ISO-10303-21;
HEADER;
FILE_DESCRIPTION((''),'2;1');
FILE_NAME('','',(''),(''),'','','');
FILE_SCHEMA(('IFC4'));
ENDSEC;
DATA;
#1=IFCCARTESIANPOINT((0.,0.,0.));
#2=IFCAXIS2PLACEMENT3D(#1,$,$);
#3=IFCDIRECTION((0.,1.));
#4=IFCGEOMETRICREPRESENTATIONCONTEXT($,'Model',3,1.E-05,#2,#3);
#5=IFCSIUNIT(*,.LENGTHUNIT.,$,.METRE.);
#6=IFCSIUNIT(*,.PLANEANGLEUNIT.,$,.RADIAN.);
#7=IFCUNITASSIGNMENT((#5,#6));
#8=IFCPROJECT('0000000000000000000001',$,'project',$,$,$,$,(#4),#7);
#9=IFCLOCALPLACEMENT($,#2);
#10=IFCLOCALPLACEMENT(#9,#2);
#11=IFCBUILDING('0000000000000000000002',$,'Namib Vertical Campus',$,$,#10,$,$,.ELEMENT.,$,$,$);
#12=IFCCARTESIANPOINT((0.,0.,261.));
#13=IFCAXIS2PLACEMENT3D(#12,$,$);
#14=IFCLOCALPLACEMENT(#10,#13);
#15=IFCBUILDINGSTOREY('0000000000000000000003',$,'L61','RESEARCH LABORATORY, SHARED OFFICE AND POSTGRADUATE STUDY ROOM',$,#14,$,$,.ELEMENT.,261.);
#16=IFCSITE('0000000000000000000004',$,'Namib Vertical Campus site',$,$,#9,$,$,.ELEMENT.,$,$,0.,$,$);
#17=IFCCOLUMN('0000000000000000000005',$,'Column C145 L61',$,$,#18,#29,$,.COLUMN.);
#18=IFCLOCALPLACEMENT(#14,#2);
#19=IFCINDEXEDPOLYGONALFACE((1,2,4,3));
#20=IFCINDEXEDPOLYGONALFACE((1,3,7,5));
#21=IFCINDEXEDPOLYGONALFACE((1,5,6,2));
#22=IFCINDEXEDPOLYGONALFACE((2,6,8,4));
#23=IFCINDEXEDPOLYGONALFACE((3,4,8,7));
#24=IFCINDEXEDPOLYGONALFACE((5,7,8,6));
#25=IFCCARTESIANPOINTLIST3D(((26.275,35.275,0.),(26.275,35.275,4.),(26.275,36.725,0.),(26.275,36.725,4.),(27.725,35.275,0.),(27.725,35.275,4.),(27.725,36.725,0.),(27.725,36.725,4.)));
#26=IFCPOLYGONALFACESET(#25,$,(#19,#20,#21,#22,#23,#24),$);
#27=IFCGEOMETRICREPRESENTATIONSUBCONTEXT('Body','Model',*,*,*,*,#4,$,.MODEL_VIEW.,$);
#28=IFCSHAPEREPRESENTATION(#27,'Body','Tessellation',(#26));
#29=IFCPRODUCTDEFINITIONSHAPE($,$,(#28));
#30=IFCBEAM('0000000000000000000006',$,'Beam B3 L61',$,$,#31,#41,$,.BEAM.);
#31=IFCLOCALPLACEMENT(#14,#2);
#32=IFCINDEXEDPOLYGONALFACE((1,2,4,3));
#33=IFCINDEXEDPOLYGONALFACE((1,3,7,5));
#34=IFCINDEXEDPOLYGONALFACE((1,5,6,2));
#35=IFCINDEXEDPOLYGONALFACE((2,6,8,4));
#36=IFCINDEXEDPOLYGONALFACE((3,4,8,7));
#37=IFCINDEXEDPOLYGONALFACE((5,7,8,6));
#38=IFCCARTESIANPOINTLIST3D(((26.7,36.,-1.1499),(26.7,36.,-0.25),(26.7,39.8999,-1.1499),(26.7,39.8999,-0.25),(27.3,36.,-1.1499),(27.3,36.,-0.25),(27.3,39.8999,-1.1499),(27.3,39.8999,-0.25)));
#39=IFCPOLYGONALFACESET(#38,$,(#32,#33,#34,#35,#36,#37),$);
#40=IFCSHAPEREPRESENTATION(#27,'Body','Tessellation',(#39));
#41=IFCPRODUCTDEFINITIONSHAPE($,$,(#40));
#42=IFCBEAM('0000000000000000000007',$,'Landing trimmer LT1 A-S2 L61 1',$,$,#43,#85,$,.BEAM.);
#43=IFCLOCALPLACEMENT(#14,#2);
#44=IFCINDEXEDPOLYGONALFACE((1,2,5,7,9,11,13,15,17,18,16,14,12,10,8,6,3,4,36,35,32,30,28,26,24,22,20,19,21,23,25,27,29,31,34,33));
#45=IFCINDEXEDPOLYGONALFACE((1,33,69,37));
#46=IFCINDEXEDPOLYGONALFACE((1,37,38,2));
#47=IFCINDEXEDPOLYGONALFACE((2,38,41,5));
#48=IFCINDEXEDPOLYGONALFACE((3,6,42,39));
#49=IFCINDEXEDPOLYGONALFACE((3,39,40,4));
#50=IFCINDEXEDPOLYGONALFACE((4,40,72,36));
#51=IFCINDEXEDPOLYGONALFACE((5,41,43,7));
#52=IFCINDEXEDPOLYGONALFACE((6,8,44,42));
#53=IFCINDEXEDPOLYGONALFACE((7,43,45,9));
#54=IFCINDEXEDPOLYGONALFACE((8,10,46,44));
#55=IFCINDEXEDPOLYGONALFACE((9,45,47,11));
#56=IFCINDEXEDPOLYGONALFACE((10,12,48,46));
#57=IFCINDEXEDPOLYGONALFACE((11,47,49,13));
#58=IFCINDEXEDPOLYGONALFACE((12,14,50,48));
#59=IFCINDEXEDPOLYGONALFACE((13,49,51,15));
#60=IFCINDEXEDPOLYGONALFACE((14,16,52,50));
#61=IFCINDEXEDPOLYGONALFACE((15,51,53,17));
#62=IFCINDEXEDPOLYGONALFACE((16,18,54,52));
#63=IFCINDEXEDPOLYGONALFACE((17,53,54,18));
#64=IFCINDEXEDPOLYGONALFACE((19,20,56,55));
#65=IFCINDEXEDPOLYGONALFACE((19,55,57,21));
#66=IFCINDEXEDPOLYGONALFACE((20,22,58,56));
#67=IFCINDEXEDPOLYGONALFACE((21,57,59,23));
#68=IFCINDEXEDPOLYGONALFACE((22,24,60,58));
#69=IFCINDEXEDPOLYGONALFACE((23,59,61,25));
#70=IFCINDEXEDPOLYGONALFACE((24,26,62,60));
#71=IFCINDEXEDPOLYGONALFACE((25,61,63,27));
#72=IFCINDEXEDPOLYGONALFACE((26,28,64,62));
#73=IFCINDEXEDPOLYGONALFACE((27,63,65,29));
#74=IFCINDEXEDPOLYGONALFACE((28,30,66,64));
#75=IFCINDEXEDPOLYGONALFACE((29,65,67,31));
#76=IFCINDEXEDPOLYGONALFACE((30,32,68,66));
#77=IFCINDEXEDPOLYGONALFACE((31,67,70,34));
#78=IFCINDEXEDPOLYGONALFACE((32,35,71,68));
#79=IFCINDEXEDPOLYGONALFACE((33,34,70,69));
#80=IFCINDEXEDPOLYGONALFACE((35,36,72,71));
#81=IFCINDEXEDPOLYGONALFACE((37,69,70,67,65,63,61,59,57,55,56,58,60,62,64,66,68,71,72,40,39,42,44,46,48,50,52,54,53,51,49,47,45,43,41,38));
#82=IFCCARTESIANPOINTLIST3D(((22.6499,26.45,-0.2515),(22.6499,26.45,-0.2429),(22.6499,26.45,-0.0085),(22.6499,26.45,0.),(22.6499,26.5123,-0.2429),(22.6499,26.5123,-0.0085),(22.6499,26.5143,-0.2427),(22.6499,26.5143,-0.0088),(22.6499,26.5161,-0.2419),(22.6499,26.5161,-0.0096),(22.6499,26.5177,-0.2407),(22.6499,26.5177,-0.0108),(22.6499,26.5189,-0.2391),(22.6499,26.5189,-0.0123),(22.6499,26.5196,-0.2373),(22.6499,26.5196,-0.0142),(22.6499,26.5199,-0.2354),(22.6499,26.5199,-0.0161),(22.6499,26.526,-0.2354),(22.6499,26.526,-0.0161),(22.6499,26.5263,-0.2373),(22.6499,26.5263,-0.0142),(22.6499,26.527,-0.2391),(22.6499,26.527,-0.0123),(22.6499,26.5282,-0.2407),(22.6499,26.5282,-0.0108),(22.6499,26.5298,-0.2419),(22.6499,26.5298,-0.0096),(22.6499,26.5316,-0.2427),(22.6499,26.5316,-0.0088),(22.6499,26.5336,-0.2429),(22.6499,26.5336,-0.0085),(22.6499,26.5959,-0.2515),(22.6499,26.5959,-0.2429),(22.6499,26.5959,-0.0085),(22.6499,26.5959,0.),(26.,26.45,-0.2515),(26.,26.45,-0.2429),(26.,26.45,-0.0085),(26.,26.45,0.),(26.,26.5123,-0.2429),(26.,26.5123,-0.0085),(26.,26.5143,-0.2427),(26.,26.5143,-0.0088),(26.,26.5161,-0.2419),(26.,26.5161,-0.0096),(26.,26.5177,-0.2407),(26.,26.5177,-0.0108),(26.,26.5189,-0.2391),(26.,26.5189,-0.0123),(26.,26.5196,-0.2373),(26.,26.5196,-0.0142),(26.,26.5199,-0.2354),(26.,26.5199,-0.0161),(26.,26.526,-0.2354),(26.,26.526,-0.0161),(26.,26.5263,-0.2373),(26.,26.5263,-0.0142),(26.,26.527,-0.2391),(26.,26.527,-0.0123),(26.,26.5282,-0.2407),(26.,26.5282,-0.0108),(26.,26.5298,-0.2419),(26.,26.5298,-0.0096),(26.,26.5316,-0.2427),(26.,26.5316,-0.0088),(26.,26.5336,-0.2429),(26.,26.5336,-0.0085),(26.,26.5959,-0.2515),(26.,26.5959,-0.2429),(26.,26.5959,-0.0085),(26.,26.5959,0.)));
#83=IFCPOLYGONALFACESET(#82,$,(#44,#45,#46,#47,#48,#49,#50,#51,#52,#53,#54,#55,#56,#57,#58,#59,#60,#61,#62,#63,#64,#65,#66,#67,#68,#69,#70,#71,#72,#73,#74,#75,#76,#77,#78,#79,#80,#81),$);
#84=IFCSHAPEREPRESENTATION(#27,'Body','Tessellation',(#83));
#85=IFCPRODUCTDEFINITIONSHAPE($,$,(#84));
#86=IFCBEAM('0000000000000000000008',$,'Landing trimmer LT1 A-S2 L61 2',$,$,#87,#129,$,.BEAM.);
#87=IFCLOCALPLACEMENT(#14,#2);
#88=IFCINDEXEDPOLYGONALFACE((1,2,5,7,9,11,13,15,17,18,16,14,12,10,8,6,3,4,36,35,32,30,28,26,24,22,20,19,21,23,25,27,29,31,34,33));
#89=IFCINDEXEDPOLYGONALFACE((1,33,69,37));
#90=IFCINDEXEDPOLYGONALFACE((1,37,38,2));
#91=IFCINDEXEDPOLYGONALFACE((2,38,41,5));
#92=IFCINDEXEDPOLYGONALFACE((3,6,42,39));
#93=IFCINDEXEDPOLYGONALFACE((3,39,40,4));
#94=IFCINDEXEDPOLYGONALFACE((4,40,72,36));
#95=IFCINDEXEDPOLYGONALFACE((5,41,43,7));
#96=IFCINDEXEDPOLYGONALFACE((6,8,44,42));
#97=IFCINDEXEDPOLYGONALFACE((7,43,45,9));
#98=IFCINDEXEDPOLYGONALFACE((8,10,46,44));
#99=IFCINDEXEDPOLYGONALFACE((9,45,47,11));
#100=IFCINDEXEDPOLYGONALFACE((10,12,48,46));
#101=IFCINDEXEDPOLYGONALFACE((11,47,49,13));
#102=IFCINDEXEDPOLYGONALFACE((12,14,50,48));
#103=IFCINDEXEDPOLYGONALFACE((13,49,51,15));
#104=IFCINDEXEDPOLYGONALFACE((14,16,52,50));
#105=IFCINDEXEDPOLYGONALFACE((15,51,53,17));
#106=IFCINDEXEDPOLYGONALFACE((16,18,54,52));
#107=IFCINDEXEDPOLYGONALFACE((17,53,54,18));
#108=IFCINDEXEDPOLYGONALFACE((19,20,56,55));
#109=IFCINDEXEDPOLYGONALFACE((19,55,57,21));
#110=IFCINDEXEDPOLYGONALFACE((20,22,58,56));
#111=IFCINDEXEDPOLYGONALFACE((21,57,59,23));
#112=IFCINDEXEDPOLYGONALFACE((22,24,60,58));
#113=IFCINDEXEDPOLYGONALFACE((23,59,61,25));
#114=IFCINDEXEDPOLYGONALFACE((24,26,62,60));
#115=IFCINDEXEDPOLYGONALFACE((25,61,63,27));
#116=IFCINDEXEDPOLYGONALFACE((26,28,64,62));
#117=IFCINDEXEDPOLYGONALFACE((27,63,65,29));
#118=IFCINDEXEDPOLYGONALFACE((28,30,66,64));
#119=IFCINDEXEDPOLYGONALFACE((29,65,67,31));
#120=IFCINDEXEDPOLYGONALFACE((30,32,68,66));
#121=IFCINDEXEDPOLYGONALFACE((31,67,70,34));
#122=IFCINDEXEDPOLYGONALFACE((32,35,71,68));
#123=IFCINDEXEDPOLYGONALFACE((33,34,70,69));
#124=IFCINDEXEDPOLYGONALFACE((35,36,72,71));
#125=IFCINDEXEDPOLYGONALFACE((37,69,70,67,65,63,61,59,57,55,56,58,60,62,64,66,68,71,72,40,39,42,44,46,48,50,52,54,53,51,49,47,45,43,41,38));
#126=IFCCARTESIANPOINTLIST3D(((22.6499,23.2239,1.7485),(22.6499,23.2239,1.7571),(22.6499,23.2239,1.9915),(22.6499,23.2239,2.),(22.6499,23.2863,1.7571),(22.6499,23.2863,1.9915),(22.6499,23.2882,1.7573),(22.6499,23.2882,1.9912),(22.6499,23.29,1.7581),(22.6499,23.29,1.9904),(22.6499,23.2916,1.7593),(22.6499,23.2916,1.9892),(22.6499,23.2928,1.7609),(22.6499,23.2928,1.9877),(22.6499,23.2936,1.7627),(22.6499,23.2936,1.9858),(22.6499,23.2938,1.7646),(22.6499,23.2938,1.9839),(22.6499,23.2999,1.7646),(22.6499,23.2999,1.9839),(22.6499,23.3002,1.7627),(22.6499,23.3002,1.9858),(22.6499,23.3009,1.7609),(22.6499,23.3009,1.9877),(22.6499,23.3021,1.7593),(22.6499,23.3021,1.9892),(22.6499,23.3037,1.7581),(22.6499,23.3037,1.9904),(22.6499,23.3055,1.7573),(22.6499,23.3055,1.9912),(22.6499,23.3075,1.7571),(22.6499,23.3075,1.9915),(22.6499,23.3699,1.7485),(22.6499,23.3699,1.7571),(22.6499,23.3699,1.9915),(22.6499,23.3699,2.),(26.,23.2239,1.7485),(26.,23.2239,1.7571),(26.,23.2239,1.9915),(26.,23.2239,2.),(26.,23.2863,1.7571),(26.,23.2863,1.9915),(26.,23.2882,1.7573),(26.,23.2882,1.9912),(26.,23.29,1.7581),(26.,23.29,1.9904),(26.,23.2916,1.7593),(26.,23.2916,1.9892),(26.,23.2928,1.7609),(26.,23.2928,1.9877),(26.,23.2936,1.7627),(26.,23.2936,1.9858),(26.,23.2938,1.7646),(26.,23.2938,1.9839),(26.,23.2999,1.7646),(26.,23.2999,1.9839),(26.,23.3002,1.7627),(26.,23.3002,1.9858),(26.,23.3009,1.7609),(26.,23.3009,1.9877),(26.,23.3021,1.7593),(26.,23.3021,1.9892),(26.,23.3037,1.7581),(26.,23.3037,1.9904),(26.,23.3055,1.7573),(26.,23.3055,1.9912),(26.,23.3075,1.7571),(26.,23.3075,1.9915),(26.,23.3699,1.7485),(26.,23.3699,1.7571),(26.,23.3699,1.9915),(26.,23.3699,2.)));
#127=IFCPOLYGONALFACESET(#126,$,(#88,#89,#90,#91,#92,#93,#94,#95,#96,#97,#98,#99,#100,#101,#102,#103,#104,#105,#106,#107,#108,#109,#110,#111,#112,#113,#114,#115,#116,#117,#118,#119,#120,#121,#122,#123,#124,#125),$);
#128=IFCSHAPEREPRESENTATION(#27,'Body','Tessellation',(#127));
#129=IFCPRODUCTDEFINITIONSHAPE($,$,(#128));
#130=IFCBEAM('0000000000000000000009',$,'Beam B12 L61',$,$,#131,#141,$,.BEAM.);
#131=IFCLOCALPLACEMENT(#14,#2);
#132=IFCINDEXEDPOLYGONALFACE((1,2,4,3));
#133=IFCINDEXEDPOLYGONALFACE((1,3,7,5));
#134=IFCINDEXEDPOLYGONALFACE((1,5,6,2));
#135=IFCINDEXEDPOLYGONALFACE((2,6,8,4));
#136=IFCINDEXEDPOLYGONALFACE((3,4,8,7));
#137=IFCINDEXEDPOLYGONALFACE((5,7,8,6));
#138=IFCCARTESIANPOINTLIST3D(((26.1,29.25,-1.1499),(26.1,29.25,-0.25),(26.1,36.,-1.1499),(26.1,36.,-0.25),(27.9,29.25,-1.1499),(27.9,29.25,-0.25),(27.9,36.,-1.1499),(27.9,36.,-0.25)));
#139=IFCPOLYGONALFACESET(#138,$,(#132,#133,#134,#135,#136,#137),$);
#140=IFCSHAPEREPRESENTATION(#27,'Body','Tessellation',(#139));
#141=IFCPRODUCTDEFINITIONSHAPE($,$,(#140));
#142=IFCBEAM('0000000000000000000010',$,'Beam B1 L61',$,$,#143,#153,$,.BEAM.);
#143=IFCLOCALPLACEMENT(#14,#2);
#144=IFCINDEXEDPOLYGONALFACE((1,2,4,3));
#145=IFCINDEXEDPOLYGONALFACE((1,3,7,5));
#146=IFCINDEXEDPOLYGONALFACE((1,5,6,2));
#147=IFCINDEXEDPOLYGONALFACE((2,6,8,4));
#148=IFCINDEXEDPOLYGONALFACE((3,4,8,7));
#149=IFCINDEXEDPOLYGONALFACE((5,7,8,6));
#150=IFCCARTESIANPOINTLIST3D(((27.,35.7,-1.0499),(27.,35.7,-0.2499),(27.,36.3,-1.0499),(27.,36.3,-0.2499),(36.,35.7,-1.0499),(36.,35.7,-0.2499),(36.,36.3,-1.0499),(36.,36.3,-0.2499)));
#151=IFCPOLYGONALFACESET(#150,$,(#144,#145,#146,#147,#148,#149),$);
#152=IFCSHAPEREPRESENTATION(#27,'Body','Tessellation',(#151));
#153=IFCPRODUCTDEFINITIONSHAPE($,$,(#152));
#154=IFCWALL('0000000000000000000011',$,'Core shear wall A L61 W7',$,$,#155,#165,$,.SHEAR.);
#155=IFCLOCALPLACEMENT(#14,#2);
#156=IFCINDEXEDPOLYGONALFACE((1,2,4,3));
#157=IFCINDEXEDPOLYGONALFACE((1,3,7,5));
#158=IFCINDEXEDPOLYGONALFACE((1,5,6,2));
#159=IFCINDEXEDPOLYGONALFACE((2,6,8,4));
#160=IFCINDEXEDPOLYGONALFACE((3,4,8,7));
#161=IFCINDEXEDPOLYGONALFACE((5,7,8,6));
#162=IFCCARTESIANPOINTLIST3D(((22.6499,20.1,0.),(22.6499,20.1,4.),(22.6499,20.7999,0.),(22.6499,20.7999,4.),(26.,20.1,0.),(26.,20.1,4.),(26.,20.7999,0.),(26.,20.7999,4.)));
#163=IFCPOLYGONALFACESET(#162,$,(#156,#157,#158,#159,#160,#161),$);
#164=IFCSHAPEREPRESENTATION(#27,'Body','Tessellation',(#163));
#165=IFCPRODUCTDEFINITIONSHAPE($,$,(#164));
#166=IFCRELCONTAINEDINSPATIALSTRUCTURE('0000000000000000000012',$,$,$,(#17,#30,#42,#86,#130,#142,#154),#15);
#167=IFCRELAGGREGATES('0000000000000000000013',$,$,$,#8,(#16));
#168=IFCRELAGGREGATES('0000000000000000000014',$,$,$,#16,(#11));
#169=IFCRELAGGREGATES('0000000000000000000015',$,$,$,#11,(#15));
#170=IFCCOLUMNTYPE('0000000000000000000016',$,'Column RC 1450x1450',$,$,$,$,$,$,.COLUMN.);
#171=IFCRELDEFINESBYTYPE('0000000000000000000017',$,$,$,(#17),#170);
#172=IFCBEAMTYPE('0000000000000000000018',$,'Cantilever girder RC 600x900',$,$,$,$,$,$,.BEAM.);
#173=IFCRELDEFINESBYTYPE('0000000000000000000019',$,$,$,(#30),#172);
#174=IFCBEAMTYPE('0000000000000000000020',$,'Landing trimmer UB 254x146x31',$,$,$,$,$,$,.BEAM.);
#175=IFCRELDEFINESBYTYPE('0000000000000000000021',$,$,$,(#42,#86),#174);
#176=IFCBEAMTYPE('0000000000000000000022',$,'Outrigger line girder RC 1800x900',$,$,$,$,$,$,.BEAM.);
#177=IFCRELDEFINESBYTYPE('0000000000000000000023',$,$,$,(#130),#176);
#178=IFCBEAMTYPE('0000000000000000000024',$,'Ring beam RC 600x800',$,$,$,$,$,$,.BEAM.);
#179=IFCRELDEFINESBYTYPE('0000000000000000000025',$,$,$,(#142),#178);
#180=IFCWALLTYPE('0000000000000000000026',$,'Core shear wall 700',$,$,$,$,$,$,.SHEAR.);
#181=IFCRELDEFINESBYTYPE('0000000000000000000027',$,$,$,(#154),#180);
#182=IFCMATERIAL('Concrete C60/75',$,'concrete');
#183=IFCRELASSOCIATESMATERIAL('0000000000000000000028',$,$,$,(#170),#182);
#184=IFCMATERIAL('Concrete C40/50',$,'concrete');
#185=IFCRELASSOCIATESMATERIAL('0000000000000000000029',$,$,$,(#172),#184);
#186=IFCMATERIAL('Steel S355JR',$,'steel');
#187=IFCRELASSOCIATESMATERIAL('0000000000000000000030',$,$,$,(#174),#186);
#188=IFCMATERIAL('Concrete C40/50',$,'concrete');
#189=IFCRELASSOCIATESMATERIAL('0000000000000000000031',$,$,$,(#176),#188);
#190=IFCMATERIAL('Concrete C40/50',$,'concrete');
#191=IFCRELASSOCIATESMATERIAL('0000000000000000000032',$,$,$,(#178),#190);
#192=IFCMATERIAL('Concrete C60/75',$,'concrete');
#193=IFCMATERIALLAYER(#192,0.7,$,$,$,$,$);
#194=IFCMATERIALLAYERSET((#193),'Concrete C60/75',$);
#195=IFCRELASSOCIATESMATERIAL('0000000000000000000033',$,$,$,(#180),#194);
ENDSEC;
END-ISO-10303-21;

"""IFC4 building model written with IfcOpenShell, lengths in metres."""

from ifc_helpers import new_model, si_unit, direction, frame, frame_2d, origin, origin_2d, place, context, subcontext, project, spatial, rectangle, i_section, extrude, material, layer, layer_set, material_profile, profile_set, type_object, element, save


model = new_model("IFC4")

# Units and contexts
model_context = context("Model", 3, precision=1e-05, world=origin(), true_north=direction((0.0, 1.0)))
body_context = subcontext(model_context, "Body", "Model", "MODEL_VIEW")
ifc_project = project(units=[si_unit("LENGTHUNIT", "METRE"), si_unit("PLANEANGLEUNIT", "RADIAN")], contexts=[model_context])

# Site, building, storey
site_placement = place(None, origin())
site = spatial("IfcSite", under=ifc_project, at=site_placement, Name="Namib Vertical Campus site", CompositionType="ELEMENT", RefElevation=0.0)
building_placement = place(site_placement, origin())
building = spatial("IfcBuilding", under=site, at=building_placement, Name="Namib Vertical Campus", CompositionType="ELEMENT")
storey_placement = place(building_placement, frame((0.0, 0.0, 261.0)))
storey = spatial("IfcBuildingStorey", under=building, at=storey_placement, Name="L61", Description="RESEARCH LABORATORY, SHARED OFFICE AND POSTGRADUATE STUDY ROOM", CompositionType="ELEMENT", Elevation=261.0)

# Column
ifc_material_1 = material(Name="Concrete C60/75", Category="concrete")
ifc_material_profile_1 = material_profile(ifc_material_1, rectangle(XDim=1.45, YDim=1.45, at=origin_2d()))
ifc_profile_set_1 = profile_set([ifc_material_profile_1], Name="Concrete C60/75")
column_type = type_object("IfcColumnType", Name="Column RC 1450x1450", PredefinedType="COLUMN", material=ifc_profile_set_1)
column_placement = place(storey_placement, frame((27.0, 36.0, 0.0), z_axis=(0.0, 0.0, 1.0), x_axis=(1.0, 0.0, 0.0)))
element("IfcColumn", 1, at=column_placement, inside=storey, type_object=column_type, Name="Column C145 L61", PredefinedType="COLUMN", context=body_context, shape_type="SweptSolid", body=[
    extrude(rectangle(XDim=1.45, YDim=1.45, at=origin_2d()), origin(), (0.0, 0.0, 1.0), 4.0),
])

# Beams
ifc_material_2 = material(Name="Concrete C40/50", Category="concrete")
ifc_material_profile_2 = material_profile(ifc_material_2, rectangle(XDim=0.6001, YDim=0.8999, at=origin_2d()))
ifc_profile_set_2 = profile_set([ifc_material_profile_2], Name="Concrete C40/50")
beam_type_1 = type_object("IfcBeamType", Name="Cantilever girder RC 600x900", PredefinedType="BEAM", material=ifc_profile_set_2)
beam_1_placement = place(storey_placement, frame((27.0, 36.0, -0.7), z_axis=(0.0, 1.0, 0.0), x_axis=(-1.0, 0.0, 0.0)))
element("IfcBeam", 2, at=beam_1_placement, inside=storey, type_object=beam_type_1, Name="Beam B3 L61", PredefinedType="BEAM", context=body_context, shape_type="SweptSolid", body=[
    extrude(rectangle(XDim=0.6001, YDim=0.8999, at=origin_2d()), origin(), (0.0, 0.0, 1.0), 3.8999),
])
ifc_material_3 = material(Name="Steel S355JR", Category="steel")
ifc_material_profile_3 = material_profile(ifc_material_3, i_section(OverallWidth=0.146, OverallDepth=0.2515, WebThickness=0.0061, FlangeThickness=0.0085, FilletRadius=0.0076, at=origin_2d()))
ifc_profile_set_3 = profile_set([ifc_material_profile_3], Name="Steel S355JR")
beam_type_2 = type_object("IfcBeamType", Name="Landing trimmer UB 254x146x31", PredefinedType="BEAM", material=ifc_profile_set_3)
for number, where, z_axis, x_axis, name in (
    (3, (22.6499, 26.5229, -0.1257), (1.0, 0.0, 0.0), (0.0, 1.0, 0.0), "Landing trimmer LT1 A-S2 L61 1"),
    (4, (22.6499, 23.2969, 1.8743), (1.0, 0.0, 0.0), (0.0, 1.0, 0.0), "Landing trimmer LT1 A-S2 L61 2"),
):
    element("IfcBeam", number, at=place(storey_placement, frame(where, z_axis=z_axis, x_axis=x_axis)), inside=storey, type_object=beam_type_2, Name=name, PredefinedType="BEAM", context=body_context, shape_type="SweptSolid", body=[
        extrude(i_section(OverallWidth=0.146, OverallDepth=0.2515, WebThickness=0.0061, FlangeThickness=0.0085, FilletRadius=0.0076, at=origin_2d()), origin(), (0.0, 0.0, 1.0), 3.3501),
    ])
ifc_material_4 = material(Name="Concrete C40/50", Category="concrete")
ifc_material_profile_4 = material_profile(ifc_material_4, rectangle(XDim=1.8, YDim=0.8999, at=origin_2d()))
ifc_profile_set_4 = profile_set([ifc_material_profile_4], Name="Concrete C40/50")
beam_type_3 = type_object("IfcBeamType", Name="Outrigger line girder RC 1800x900", PredefinedType="BEAM", material=ifc_profile_set_4)
beam_2_placement = place(storey_placement, frame((27.0, 36.0, -0.7), z_axis=(0.0, -1.0, 0.0), x_axis=(1.0, 0.0, 0.0)))
element("IfcBeam", 5, at=beam_2_placement, inside=storey, type_object=beam_type_3, Name="Beam B12 L61", PredefinedType="BEAM", context=body_context, shape_type="SweptSolid", body=[
    extrude(rectangle(XDim=1.8, YDim=0.8999, at=origin_2d()), origin(), (0.0, 0.0, 1.0), 6.75),
])
ifc_material_5 = material(Name="Concrete C40/50", Category="concrete")
ifc_material_profile_5 = material_profile(ifc_material_5, rectangle(XDim=0.6001, YDim=0.8, at=origin_2d()))
ifc_profile_set_5 = profile_set([ifc_material_profile_5], Name="Concrete C40/50")
beam_type_4 = type_object("IfcBeamType", Name="Ring beam RC 600x800", PredefinedType="BEAM", material=ifc_profile_set_5)
beam_3_placement = place(storey_placement, frame((27.0, 36.0, -0.6499), z_axis=(1.0, 0.0, 0.0), x_axis=(0.0, 1.0, 0.0)))
element("IfcBeam", 6, at=beam_3_placement, inside=storey, type_object=beam_type_4, Name="Beam B1 L61", PredefinedType="BEAM", context=body_context, shape_type="SweptSolid", body=[
    extrude(rectangle(XDim=0.6001, YDim=0.8, at=origin_2d()), origin(), (0.0, 0.0, 1.0), 9.0),
])

# Wall
ifc_material_6 = material(Name="Concrete C60/75", Category="concrete")
ifc_layer_1 = layer(ifc_material_6, 0.7)
ifc_layer_set_1 = layer_set([ifc_layer_1], Name="Concrete C60/75")
wall_type_1 = type_object("IfcWallType", Name="Core shear wall 700", PredefinedType="SHEAR", material=ifc_layer_set_1)
wall_1_placement = place(storey_placement, frame((22.6499, 20.45, 0.0), z_axis=(0.0, 0.0, 1.0), x_axis=(1.0, 0.0, 0.0)))
element("IfcWall", 7, at=wall_1_placement, inside=storey, type_object=wall_type_1, Name="Core shear wall A L61 W7", PredefinedType="SHEAR", context=body_context, shape_type="SweptSolid", body=[
    extrude(rectangle(XDim=3.3501, YDim=0.7, at=frame_2d((1.675, 0.0))), origin(), (0.0, 0.0, 1.0), 4.0),
])

save(model, "model.ifc")
